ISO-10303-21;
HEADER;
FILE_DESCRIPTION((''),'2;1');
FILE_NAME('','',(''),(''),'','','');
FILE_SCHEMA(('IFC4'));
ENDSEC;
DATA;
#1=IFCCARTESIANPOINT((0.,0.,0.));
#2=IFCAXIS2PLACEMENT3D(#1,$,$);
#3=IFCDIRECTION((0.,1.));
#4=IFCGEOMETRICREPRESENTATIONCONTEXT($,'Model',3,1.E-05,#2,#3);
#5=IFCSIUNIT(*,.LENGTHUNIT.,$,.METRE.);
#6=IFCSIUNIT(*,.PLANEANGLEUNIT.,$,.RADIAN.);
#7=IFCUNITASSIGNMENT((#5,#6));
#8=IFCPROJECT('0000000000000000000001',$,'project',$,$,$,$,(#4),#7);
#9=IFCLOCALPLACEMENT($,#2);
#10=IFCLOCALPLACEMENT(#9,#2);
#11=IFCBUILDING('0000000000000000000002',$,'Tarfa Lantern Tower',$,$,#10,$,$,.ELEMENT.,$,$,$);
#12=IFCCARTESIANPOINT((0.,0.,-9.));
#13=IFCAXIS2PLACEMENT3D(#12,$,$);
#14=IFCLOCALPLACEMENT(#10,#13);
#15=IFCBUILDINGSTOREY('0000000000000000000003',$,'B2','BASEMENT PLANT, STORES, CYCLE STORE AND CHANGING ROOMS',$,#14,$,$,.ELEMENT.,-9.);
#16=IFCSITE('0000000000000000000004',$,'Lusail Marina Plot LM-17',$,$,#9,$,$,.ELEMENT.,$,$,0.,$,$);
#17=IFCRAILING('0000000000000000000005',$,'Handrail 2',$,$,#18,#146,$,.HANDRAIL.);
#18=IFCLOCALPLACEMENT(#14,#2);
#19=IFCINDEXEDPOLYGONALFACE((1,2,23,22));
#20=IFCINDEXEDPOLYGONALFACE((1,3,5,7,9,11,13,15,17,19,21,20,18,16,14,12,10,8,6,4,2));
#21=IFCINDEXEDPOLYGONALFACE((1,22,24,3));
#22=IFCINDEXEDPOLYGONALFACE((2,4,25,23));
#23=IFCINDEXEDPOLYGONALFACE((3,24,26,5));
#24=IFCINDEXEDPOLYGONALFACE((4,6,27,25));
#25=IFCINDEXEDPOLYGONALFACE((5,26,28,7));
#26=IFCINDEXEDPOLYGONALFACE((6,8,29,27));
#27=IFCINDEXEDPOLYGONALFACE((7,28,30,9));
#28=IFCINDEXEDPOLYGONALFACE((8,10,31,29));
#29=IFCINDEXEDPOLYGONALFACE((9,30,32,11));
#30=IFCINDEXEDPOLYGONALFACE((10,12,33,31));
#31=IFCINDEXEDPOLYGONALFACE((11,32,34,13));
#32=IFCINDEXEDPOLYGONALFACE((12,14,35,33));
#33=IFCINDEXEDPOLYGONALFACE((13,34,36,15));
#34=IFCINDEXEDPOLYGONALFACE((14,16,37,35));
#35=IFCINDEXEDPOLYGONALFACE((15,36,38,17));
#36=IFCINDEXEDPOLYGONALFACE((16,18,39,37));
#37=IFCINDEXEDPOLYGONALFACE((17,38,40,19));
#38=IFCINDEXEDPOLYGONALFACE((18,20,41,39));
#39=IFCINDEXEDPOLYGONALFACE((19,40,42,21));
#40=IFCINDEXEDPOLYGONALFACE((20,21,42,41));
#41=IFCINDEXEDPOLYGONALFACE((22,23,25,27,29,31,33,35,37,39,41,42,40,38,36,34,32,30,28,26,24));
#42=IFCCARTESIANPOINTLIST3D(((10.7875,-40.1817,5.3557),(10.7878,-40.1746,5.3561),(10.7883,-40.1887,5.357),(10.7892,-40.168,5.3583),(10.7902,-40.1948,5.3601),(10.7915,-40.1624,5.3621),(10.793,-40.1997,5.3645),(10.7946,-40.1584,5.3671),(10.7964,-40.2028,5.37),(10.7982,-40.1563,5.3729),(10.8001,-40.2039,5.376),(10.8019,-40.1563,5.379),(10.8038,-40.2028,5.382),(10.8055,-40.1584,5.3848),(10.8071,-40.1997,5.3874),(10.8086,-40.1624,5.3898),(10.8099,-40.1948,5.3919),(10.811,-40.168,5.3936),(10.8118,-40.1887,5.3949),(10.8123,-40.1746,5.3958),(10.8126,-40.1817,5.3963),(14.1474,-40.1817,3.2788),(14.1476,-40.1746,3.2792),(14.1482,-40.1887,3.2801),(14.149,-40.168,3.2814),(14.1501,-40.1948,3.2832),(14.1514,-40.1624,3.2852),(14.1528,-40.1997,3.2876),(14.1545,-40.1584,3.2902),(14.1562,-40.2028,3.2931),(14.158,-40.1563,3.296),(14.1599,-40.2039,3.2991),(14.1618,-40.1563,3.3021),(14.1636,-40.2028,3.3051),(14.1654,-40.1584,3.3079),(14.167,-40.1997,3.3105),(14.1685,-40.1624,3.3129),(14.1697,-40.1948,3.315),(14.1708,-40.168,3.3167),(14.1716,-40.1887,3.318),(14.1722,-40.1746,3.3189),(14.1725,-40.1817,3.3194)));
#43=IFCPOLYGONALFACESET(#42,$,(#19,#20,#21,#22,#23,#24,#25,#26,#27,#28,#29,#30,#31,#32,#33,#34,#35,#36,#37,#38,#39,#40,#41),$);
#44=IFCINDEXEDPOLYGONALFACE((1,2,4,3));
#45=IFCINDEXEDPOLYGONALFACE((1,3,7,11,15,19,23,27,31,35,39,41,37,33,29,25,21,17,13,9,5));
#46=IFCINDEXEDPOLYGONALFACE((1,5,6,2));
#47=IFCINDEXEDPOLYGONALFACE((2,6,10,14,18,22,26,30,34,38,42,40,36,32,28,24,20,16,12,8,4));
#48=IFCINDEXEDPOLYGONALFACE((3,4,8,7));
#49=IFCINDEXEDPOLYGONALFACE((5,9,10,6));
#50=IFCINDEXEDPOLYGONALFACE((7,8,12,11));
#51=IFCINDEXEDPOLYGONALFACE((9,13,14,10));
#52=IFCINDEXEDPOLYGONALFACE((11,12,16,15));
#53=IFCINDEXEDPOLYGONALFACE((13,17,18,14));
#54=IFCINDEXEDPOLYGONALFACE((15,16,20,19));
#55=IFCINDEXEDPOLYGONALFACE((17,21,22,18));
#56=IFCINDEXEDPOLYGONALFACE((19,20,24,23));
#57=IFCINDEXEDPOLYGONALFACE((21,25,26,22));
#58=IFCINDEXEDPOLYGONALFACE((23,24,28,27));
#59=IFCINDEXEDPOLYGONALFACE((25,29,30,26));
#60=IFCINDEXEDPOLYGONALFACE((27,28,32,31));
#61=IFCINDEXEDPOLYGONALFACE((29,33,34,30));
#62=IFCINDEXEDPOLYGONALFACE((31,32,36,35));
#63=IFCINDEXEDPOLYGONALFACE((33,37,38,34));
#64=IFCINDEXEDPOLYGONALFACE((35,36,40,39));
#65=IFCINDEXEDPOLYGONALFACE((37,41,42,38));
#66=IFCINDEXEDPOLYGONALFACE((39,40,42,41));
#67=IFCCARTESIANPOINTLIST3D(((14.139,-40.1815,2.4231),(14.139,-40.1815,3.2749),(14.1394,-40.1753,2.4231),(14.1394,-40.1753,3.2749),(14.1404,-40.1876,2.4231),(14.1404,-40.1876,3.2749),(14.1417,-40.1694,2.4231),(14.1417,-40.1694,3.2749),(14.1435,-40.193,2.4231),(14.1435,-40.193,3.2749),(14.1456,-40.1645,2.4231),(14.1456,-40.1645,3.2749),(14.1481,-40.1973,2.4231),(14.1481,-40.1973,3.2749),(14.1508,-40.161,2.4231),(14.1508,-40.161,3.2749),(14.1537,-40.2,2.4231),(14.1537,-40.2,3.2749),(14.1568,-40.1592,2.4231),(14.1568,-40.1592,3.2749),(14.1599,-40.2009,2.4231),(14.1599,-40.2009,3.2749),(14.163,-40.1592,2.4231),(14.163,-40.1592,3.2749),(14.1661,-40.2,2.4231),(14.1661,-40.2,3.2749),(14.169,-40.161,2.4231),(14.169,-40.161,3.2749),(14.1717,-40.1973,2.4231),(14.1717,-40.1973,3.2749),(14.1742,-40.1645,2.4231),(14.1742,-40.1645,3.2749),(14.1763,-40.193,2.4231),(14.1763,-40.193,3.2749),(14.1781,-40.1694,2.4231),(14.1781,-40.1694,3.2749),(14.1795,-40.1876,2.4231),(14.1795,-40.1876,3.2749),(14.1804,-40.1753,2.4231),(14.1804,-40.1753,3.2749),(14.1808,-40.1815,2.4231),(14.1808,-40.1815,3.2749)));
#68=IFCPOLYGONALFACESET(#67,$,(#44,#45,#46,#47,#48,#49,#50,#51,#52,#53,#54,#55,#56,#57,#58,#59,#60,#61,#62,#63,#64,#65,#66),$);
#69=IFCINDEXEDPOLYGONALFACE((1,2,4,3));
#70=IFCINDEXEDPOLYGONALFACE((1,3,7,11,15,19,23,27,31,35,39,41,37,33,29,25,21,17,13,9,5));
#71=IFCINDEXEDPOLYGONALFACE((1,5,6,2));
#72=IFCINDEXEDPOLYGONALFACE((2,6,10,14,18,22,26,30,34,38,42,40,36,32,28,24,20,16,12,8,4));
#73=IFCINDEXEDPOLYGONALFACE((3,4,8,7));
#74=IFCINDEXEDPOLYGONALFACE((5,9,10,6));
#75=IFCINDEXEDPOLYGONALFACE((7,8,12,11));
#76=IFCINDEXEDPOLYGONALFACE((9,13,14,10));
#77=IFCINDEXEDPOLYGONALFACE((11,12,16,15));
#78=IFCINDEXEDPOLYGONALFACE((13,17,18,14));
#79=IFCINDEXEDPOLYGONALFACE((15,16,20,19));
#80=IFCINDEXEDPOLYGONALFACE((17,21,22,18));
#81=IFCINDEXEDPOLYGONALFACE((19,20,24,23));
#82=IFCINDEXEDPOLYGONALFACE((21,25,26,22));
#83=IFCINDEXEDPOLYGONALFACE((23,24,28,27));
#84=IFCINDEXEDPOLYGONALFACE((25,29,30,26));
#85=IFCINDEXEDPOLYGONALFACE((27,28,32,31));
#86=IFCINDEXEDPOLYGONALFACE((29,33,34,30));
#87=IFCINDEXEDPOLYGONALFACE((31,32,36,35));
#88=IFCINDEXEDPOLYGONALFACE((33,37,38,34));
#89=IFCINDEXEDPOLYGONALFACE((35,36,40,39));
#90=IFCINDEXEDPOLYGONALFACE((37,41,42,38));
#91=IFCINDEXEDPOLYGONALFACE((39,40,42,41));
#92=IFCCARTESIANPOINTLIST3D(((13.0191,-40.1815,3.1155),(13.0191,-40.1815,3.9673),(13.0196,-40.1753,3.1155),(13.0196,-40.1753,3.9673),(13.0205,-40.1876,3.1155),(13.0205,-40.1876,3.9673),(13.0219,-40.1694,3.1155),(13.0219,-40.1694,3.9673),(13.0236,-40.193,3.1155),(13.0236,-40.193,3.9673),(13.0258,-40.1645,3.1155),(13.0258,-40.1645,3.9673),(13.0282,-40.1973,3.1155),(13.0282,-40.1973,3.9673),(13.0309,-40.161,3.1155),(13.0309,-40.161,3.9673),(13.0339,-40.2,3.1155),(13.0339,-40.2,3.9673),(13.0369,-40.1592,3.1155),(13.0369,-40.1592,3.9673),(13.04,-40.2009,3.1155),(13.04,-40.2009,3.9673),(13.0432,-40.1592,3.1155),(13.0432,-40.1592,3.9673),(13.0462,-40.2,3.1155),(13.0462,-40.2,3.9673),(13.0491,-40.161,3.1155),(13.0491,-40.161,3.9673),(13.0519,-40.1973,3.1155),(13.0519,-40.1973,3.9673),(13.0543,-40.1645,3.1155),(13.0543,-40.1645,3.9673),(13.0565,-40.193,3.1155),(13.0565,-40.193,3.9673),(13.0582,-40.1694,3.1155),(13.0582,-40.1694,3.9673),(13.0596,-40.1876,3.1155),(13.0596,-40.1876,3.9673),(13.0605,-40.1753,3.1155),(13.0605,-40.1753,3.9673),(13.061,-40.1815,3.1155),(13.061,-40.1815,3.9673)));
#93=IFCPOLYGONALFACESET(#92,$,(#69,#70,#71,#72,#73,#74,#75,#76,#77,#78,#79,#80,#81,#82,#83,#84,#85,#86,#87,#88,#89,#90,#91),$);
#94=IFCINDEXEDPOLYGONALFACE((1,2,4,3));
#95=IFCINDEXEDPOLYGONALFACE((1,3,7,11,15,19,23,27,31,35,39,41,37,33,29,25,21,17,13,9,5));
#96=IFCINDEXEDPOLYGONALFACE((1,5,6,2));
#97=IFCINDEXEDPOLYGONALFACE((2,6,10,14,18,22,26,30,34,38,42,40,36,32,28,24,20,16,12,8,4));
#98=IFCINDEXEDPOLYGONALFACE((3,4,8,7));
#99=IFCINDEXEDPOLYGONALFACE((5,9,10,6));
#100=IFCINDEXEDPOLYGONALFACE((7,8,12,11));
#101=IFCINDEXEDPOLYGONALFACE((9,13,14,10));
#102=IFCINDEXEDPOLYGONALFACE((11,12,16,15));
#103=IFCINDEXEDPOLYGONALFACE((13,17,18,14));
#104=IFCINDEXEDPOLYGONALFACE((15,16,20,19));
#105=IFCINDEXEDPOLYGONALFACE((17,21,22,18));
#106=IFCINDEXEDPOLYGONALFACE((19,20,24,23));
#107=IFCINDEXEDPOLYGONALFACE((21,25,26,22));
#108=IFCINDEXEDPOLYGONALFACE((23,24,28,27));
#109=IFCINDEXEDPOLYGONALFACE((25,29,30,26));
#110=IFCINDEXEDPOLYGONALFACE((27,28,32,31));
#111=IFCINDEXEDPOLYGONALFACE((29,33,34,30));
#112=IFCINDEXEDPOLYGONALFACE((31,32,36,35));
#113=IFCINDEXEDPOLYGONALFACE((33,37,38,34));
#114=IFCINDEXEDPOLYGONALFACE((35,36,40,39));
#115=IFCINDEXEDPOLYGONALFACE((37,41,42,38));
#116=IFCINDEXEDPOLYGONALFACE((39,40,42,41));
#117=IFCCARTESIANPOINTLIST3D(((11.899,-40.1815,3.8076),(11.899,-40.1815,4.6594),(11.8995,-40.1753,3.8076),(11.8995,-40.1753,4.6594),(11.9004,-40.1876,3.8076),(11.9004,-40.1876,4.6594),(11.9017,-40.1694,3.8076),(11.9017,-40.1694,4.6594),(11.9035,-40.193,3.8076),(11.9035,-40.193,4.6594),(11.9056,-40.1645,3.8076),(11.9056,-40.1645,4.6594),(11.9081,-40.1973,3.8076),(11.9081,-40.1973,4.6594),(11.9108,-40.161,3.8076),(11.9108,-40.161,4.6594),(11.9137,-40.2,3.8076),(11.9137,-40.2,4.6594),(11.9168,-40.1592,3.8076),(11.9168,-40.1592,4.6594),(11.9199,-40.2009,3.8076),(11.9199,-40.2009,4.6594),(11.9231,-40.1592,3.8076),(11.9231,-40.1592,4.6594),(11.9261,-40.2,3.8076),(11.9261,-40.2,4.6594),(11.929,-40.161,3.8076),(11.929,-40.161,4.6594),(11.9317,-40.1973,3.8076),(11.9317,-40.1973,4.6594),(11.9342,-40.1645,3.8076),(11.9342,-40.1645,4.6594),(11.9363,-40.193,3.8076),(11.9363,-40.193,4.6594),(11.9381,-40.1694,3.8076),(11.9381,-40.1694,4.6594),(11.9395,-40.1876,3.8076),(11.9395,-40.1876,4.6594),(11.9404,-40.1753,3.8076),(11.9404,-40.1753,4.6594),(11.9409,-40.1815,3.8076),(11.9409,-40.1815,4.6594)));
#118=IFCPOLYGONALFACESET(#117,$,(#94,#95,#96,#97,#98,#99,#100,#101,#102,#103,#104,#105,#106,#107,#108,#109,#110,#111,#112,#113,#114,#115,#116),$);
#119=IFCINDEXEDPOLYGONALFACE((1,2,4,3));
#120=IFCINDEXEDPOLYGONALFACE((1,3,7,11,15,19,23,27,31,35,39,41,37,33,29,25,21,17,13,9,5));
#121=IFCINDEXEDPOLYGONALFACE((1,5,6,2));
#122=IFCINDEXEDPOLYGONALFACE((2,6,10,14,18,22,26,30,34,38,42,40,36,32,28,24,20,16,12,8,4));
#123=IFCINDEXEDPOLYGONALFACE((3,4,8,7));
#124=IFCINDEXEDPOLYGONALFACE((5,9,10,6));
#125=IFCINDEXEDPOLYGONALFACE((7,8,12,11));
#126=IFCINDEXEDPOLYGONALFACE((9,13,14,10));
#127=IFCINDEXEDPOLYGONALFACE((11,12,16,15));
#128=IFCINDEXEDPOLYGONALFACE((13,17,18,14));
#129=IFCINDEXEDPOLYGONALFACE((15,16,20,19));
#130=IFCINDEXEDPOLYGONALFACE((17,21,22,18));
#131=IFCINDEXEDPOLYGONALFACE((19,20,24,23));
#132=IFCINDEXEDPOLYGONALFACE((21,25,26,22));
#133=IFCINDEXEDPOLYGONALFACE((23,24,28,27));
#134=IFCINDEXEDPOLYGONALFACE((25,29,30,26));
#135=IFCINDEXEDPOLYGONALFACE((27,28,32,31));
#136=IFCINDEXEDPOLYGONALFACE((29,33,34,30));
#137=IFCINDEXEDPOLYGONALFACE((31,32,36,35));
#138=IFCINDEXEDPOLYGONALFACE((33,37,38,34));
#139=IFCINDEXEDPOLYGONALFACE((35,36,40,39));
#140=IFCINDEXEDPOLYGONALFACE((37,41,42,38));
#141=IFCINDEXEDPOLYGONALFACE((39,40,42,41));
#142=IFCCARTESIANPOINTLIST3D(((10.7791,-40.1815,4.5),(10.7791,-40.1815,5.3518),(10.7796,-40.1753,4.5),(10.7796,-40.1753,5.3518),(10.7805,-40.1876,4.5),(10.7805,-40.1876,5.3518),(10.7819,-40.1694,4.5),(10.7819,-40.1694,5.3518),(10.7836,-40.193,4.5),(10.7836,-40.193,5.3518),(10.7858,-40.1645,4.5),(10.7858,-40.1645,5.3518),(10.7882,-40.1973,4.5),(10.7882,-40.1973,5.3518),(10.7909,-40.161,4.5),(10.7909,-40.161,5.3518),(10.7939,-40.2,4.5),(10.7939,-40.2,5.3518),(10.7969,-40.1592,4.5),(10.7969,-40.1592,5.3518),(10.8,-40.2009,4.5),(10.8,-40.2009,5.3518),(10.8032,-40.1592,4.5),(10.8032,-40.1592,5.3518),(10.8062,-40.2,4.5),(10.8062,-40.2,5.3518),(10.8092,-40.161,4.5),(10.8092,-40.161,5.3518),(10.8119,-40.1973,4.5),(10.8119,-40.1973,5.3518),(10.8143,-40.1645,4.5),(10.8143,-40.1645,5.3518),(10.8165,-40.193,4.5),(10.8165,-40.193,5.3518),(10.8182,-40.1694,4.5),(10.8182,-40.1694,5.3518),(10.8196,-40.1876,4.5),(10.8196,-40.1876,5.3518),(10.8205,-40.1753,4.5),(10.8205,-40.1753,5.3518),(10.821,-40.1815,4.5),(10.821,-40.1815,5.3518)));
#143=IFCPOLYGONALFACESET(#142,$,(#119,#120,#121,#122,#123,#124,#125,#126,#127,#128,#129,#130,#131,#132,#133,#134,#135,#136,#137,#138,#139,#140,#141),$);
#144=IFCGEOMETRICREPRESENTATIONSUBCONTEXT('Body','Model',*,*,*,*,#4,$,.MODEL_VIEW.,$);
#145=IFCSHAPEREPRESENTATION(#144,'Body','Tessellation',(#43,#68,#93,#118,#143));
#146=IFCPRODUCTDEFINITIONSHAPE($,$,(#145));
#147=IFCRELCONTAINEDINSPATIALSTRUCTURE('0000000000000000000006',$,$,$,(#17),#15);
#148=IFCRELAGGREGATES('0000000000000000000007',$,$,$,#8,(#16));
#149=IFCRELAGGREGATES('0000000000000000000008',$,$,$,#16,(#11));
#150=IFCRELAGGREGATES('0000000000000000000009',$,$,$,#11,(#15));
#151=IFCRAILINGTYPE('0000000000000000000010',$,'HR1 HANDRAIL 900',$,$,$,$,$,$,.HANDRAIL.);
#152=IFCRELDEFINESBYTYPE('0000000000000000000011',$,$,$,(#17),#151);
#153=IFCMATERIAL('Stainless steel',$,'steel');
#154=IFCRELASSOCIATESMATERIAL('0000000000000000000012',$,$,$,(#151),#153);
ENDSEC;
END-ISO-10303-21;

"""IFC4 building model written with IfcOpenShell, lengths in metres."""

from ifc_helpers import new_model, si_unit, direction, frame, origin, origin_2d, place, context, subcontext, project, spatial, circle, extrude, material, type_object, element, save


model = new_model("IFC4")

# Units and contexts
model_context = context("Model", 3, precision=1e-05, world=origin(), true_north=direction((0.0, 1.0)))
body_context = subcontext(model_context, "Body", "Model", "MODEL_VIEW")
ifc_project = project(units=[si_unit("LENGTHUNIT", "METRE"), si_unit("PLANEANGLEUNIT", "RADIAN")], contexts=[model_context])

# Site, building, storey
site_placement = place(None, origin())
site = spatial("IfcSite", under=ifc_project, at=site_placement, Name="Lusail Marina Plot LM-17", CompositionType="ELEMENT", RefElevation=0.0)
building_placement = place(site_placement, origin())
building = spatial("IfcBuilding", under=site, at=building_placement, Name="Tarfa Lantern Tower", CompositionType="ELEMENT")
storey_placement = place(building_placement, frame((0.0, 0.0, -9.0)))
storey = spatial("IfcBuildingStorey", under=building, at=storey_placement, Name="B2", Description="BASEMENT PLANT, STORES, CYCLE STORE AND CHANGING ROOMS", CompositionType="ELEMENT", Elevation=-9.0)

# Railing
ifc_material_1 = material(Name="Stainless steel", Category="steel")
railing_type = type_object("IfcRailingType", Name="HR1 HANDRAIL 900", PredefinedType="HANDRAIL", material=ifc_material_1)
railing_1_placement = place(storey_placement, frame((14.1599, -40.1799, 2.4231)))
element("IfcRailing", 1, at=railing_1_placement, inside=storey, type_object=railing_type, Name="Handrail 2", PredefinedType="HANDRAIL", context=body_context, shape_type="SweptSolid", body=[
    extrude(circle(Radius=0.0239, at=origin_2d()), frame((0.0, 0.0, 0.876), z_axis=(-0.850606, 0.0, 0.525803), x_axis=(0.0, -1.0, 0.0)), (0.0, 0.0, 1.0), 3.95),
    extrude(circle(Radius=0.021, at=origin_2d()), frame((0.0, 0.0, 0.0), z_axis=(0.0, 0.0, 1.0), x_axis=(0.0, -1.0, 0.0)), (0.0, 0.0, 1.0), 0.8518),
    extrude(circle(Radius=0.021, at=origin_2d()), frame((-1.1199, 0.0, 0.6924), z_axis=(0.0, 0.0, 1.0), x_axis=(0.0, -1.0, 0.0)), (0.0, 0.0, 1.0), 0.8518),
    extrude(circle(Radius=0.021, at=origin_2d()), frame((-2.24, 0.0, 1.3845), z_axis=(0.0, 0.0, 1.0), x_axis=(0.0, -1.0, 0.0)), (0.0, 0.0, 1.0), 0.8518),
    extrude(circle(Radius=0.021, at=origin_2d()), frame((-3.3599, 0.0, 2.0769), z_axis=(0.0, 0.0, 1.0), x_axis=(0.0, -1.0, 0.0)), (0.0, 0.0, 1.0), 0.8518),
])

save(model, "model.ifc")
